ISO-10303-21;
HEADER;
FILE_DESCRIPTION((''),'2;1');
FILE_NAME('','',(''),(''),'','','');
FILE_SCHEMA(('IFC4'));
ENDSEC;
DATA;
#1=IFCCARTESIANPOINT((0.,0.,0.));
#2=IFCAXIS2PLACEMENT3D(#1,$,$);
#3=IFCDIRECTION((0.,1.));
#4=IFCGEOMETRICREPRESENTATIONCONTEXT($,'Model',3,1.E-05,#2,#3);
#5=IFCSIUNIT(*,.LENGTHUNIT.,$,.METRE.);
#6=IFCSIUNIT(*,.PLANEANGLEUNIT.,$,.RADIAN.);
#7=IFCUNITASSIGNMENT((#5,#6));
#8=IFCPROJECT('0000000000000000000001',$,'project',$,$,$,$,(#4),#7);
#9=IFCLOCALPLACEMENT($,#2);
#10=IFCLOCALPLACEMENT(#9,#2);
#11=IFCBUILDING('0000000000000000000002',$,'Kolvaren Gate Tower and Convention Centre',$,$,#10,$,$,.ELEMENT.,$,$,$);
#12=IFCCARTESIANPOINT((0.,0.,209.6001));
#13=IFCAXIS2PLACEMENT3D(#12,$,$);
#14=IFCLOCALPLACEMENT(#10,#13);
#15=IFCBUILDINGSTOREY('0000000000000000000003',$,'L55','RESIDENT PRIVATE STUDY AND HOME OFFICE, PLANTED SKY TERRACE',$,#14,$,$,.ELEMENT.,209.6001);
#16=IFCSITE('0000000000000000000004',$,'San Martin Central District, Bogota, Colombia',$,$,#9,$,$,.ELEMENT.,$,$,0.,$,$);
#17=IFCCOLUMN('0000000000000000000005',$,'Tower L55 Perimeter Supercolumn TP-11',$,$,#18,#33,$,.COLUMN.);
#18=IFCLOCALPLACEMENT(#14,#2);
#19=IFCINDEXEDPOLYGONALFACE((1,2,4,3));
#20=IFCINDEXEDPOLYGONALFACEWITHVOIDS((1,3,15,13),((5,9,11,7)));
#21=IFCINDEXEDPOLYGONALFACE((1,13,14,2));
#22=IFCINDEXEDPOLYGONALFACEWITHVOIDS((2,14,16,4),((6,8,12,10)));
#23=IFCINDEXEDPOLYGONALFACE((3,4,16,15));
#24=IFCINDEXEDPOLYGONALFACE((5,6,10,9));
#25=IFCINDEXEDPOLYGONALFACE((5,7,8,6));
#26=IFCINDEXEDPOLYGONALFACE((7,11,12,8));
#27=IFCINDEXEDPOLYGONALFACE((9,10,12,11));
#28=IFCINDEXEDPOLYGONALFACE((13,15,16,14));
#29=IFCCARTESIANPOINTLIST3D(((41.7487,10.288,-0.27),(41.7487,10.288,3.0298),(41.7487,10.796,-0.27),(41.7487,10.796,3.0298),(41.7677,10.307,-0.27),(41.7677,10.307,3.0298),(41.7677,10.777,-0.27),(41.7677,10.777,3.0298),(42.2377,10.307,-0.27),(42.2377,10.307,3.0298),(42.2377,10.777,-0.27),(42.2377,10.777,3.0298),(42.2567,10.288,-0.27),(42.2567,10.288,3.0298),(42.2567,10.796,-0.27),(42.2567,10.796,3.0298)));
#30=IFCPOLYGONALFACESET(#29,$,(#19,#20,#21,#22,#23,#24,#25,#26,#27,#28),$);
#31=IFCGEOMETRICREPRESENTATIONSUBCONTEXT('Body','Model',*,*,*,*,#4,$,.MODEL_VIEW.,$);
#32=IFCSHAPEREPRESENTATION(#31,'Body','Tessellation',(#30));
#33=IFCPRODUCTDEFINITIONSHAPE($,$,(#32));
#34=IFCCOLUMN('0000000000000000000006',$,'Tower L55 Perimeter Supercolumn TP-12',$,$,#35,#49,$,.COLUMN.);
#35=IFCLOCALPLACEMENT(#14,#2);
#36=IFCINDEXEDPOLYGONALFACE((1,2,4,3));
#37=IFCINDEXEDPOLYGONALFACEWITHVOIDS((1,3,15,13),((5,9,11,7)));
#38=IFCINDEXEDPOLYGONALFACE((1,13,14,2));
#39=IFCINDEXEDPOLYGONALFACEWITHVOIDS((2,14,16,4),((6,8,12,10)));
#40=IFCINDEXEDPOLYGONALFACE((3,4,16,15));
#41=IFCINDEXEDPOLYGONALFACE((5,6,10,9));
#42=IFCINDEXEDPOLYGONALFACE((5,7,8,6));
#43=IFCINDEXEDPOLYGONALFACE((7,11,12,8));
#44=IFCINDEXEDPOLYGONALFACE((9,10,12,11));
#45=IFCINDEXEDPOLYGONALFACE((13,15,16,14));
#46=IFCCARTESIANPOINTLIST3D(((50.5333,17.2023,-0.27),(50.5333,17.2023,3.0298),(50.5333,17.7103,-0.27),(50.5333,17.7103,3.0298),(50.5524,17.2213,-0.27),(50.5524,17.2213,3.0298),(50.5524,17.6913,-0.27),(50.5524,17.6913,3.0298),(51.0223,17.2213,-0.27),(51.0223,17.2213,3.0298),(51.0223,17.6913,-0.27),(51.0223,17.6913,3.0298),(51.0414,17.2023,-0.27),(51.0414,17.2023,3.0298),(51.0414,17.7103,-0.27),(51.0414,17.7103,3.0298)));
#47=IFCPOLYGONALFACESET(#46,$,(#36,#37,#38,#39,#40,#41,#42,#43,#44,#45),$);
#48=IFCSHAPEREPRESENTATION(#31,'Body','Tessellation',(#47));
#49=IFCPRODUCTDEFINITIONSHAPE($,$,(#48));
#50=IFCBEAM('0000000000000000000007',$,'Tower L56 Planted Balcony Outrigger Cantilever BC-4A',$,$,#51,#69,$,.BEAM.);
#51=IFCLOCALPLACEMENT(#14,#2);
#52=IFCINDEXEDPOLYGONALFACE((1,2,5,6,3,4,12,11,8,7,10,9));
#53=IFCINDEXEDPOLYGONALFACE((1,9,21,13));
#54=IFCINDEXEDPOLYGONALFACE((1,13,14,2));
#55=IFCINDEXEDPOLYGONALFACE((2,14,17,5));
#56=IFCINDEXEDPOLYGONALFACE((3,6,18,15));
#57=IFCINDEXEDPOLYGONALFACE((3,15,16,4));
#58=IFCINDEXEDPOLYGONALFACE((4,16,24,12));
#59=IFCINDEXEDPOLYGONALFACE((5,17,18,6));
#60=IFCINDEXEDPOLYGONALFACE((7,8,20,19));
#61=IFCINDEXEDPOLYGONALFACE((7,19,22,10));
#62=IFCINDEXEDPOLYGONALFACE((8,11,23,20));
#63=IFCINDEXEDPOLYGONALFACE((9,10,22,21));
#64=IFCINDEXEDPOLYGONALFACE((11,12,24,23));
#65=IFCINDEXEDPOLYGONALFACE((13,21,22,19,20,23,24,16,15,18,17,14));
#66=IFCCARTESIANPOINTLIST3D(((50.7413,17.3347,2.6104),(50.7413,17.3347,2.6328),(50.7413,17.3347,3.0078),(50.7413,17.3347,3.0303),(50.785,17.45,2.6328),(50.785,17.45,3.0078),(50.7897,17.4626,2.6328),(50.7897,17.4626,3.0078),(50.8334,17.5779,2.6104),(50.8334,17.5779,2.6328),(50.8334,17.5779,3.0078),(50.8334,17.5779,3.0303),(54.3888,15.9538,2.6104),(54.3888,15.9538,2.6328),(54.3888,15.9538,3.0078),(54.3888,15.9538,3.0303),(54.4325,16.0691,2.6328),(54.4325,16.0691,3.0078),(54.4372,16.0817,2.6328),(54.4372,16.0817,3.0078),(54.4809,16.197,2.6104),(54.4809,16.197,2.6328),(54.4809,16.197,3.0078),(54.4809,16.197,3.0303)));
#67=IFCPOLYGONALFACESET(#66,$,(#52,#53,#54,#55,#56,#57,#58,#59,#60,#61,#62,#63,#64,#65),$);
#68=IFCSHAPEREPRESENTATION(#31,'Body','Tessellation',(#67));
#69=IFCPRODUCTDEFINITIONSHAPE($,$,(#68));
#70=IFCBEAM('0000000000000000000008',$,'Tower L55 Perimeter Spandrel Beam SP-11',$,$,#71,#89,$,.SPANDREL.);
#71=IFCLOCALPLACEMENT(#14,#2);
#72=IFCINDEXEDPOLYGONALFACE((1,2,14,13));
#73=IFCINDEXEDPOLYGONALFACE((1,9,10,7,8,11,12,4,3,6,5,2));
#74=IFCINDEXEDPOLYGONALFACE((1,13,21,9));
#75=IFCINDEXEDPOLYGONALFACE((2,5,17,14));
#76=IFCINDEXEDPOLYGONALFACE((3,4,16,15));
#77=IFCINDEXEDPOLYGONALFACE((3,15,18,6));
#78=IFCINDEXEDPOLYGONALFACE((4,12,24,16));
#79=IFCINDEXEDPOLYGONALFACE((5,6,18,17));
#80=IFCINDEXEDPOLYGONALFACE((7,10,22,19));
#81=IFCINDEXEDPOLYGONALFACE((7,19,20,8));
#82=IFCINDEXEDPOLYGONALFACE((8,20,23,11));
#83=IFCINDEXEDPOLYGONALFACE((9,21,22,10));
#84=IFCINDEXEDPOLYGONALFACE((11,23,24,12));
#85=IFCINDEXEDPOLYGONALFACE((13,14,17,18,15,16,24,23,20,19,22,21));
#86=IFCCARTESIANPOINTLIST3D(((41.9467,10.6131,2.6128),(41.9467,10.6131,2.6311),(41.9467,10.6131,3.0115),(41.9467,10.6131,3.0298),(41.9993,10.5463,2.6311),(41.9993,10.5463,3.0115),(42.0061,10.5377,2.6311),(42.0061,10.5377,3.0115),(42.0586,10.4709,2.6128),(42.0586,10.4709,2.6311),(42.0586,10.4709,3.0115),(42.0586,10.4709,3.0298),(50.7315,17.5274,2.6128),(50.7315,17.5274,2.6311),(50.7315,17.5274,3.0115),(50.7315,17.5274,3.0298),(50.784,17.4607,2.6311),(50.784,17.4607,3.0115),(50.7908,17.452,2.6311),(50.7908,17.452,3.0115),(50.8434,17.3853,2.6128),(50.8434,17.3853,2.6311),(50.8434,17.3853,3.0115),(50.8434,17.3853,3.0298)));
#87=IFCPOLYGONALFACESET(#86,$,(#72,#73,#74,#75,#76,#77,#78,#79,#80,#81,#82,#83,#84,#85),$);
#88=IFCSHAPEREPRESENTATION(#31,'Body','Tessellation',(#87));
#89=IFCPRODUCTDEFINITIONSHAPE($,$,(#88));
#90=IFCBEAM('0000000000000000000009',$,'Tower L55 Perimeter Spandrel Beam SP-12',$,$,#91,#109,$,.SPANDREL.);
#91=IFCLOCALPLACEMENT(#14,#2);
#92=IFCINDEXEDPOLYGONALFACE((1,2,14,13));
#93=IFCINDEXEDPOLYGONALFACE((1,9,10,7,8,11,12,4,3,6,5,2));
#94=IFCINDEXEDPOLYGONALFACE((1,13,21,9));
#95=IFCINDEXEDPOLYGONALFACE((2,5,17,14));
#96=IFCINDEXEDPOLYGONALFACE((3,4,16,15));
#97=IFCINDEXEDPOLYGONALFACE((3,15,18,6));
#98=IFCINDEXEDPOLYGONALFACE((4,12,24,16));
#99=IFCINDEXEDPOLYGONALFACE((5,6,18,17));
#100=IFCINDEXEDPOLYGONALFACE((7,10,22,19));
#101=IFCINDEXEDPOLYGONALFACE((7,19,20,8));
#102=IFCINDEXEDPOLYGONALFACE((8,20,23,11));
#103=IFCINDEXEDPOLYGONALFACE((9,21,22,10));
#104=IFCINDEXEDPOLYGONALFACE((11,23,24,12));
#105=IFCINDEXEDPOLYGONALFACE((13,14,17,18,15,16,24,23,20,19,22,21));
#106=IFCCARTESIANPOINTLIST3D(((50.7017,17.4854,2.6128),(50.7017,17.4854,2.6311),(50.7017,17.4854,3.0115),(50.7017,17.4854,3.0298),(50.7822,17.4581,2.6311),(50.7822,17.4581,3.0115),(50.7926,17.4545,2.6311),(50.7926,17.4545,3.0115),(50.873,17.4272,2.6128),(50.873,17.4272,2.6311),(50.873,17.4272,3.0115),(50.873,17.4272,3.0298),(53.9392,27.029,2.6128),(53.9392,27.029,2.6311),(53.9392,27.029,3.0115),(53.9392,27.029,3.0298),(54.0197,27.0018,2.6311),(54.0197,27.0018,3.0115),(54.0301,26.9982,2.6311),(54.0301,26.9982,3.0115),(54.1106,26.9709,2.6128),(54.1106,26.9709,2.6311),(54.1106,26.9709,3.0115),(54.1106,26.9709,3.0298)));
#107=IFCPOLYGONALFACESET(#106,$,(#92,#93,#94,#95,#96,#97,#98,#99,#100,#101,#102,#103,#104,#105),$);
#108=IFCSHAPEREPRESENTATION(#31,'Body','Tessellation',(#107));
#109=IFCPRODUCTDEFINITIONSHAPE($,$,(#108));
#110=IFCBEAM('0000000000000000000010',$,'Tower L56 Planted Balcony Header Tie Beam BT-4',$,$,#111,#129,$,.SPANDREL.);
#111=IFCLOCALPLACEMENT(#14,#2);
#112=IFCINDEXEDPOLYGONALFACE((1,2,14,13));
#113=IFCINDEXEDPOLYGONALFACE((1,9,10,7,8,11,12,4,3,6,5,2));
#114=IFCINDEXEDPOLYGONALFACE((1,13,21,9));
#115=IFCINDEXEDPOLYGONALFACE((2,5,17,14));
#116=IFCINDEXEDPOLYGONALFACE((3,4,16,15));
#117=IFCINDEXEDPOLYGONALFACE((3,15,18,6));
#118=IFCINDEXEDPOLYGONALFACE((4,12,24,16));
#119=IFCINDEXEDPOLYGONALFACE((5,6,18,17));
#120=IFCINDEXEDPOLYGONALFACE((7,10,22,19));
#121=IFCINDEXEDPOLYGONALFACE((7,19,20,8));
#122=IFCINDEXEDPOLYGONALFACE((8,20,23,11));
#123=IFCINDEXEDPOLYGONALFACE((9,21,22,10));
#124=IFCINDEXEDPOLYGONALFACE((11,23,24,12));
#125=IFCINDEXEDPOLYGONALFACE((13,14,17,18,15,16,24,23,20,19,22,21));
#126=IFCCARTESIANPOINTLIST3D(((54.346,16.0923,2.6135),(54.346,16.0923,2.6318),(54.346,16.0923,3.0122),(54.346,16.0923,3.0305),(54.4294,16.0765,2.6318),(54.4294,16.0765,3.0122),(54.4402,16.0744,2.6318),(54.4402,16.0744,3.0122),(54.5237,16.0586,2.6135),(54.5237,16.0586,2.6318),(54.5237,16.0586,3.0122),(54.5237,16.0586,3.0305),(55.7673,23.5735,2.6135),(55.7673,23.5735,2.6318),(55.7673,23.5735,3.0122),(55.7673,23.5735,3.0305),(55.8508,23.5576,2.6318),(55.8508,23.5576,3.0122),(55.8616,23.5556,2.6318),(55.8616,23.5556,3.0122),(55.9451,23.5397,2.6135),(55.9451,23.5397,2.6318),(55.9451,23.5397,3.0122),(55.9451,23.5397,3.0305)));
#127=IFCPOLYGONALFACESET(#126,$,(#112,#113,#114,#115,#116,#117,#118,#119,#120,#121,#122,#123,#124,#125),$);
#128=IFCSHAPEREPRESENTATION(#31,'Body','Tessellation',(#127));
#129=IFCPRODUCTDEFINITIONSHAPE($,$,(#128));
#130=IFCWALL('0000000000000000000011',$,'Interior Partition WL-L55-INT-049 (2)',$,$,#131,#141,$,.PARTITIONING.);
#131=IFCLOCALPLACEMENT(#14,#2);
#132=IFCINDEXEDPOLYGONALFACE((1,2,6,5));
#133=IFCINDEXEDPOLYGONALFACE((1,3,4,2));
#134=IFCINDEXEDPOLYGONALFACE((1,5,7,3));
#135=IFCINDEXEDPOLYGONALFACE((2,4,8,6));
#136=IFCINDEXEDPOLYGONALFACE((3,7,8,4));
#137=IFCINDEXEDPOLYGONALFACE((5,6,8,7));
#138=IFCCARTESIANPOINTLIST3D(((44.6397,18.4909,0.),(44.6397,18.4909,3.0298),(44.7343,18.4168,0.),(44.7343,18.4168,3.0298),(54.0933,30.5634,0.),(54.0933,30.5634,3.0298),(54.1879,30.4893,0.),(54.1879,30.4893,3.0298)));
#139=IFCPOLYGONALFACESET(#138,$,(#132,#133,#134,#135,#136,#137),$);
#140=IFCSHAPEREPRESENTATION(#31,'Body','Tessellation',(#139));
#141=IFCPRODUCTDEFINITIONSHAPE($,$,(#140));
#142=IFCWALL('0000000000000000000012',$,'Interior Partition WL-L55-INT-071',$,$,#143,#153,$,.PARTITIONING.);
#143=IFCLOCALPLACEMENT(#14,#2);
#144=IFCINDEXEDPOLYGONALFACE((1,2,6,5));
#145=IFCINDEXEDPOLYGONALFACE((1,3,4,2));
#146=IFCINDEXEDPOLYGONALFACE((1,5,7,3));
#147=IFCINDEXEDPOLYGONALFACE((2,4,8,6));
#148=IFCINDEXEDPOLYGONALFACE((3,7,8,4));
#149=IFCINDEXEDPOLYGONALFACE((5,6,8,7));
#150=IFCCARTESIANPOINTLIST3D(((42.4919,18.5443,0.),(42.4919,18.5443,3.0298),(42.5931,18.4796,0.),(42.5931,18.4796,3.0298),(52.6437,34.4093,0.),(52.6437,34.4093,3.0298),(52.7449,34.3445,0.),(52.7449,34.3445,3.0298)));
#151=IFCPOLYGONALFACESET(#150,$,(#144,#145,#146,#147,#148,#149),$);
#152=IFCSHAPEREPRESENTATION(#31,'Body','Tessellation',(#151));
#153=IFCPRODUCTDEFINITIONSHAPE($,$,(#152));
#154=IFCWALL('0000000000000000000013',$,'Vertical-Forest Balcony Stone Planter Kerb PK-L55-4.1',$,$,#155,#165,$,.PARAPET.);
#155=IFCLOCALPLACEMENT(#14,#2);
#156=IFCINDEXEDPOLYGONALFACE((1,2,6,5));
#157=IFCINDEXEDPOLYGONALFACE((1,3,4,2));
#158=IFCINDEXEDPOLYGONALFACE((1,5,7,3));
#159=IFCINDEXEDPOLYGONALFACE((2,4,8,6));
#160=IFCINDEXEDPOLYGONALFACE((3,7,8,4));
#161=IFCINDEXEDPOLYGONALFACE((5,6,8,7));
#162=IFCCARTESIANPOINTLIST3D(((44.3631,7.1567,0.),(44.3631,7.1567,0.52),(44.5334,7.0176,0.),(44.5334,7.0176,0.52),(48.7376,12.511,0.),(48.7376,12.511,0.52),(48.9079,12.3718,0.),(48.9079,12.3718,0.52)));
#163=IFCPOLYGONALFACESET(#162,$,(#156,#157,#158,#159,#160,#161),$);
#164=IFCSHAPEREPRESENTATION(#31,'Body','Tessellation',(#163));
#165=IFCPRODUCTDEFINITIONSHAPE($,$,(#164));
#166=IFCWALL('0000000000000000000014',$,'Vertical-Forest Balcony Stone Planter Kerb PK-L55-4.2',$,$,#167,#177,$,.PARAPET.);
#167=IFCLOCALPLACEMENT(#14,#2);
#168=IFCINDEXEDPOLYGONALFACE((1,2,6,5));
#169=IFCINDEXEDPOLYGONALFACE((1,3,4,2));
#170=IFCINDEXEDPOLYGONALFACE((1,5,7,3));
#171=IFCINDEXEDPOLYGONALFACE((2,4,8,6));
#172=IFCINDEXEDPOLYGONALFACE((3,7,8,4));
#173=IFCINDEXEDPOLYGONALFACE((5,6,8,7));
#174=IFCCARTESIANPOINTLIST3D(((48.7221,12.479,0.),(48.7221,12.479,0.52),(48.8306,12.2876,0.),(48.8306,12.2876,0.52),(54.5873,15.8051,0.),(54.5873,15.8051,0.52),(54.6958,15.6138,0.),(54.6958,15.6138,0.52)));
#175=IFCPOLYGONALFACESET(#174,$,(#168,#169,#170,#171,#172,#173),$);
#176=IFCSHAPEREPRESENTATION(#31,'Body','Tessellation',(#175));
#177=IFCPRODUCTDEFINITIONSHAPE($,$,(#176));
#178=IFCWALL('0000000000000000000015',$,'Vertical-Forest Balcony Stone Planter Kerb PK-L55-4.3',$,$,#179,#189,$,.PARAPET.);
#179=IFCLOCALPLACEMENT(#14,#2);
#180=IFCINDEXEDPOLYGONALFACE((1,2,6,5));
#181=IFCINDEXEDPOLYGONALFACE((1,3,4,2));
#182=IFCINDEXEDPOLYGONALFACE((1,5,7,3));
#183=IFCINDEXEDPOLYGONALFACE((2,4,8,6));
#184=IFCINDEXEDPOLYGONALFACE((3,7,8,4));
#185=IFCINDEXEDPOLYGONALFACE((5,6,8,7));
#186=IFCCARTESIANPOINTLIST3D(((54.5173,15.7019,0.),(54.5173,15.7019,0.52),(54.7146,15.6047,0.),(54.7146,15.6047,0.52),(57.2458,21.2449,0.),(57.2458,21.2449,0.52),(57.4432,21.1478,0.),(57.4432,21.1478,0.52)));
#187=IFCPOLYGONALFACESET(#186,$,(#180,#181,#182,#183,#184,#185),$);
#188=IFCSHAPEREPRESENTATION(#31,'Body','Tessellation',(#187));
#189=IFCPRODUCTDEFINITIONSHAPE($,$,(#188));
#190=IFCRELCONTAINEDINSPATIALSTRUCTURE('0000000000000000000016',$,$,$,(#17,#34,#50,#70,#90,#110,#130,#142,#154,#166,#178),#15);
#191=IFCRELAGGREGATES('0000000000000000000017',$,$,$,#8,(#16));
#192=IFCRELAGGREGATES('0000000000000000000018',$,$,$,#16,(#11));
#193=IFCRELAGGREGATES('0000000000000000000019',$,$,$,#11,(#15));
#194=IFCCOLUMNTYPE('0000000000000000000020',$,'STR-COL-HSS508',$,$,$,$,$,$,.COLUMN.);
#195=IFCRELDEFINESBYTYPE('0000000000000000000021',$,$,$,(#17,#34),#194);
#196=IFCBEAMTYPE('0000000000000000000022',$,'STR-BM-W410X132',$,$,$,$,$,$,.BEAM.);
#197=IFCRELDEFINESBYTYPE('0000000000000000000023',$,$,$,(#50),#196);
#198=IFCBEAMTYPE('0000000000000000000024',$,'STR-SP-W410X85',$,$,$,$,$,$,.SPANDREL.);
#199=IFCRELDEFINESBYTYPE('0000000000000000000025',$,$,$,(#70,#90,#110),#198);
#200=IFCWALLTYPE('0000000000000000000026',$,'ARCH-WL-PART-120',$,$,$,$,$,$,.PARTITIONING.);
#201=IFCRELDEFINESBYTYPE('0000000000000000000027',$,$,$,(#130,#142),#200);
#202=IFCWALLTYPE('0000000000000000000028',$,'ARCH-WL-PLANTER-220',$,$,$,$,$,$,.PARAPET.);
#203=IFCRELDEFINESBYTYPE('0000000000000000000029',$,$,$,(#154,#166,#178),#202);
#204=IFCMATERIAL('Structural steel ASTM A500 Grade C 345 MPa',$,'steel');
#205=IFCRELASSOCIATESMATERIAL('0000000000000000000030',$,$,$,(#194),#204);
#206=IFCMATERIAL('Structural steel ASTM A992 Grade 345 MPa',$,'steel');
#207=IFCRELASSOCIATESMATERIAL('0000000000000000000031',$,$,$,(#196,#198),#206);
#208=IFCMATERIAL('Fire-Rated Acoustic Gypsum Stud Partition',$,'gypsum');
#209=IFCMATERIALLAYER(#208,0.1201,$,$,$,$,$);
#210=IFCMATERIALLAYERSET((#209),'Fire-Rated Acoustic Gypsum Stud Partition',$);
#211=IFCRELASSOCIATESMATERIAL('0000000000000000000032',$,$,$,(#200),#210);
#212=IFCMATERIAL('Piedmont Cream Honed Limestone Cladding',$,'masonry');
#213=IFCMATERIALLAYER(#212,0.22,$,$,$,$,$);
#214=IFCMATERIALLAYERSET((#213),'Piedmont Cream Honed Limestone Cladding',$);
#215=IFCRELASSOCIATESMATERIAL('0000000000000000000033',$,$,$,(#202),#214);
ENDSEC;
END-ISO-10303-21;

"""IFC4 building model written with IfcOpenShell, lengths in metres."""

from ifc_helpers import new_model, si_unit, direction, frame, frame_2d, origin, origin_2d, place, context, subcontext, project, spatial, rectangle, hollow_rectangle, i_section, extrude, material, layer, layer_set, material_profile, profile_set, type_object, element, save


model = new_model("IFC4")

# Units and contexts
model_context = context("Model", 3, precision=1e-05, world=origin(), true_north=direction((0.0, 1.0)))
body_context = subcontext(model_context, "Body", "Model", "MODEL_VIEW")
ifc_project = project(units=[si_unit("LENGTHUNIT", "METRE"), si_unit("PLANEANGLEUNIT", "RADIAN")], contexts=[model_context])

# Site, building, storey
site_placement = place(None, origin())
site = spatial("IfcSite", under=ifc_project, at=site_placement, Name="San Martin Central District, Bogota, Colombia", CompositionType="ELEMENT", RefElevation=0.0)
building_placement = place(site_placement, origin())
building = spatial("IfcBuilding", under=site, at=building_placement, Name="Kolvaren Gate Tower and Convention Centre", CompositionType="ELEMENT")
storey_placement = place(building_placement, frame((0.0, 0.0, 209.6001)))
storey = spatial("IfcBuildingStorey", under=building, at=storey_placement, Name="L55", Description="RESIDENT PRIVATE STUDY AND HOME OFFICE, PLANTED SKY TERRACE", CompositionType="ELEMENT", Elevation=209.6001)

# Columns
ifc_material_1 = material(Name="Structural steel ASTM A500 Grade C 345 MPa", Category="steel")
ifc_material_profile_1 = material_profile(ifc_material_1, hollow_rectangle(XDim=0.5081, YDim=0.5081, WallThickness=0.019, at=origin_2d()), Name="HSS508X508X19.1")
ifc_profile_set_1 = profile_set([ifc_material_profile_1], Name="Structural steel ASTM A500 Grade C 345 MPa")
column_type = type_object("IfcColumnType", Name="STR-COL-HSS508", PredefinedType="COLUMN", material=ifc_profile_set_1)
for number, where, z_axis, x_axis, name in (
    (1, (42.0027, 10.542, -0.27), (0.0, 0.0, 1.0), (1.0, 0.0, 0.0), "Tower L55 Perimeter Supercolumn TP-11"),
    (2, (50.7874, 17.4563, -0.27), (0.0, 0.0, 1.0), (1.0, 0.0, 0.0), "Tower L55 Perimeter Supercolumn TP-12"),
):
    element("IfcColumn", number, at=place(storey_placement, frame(where, z_axis=z_axis, x_axis=x_axis)), inside=storey, type_object=column_type, Name=name, PredefinedType="COLUMN", context=body_context, shape_type="SweptSolid", body=[
        extrude(hollow_rectangle(XDim=0.5081, YDim=0.5081, WallThickness=0.019, at=origin_2d()), origin(), (0.0, 0.0, 1.0), 3.2998),
    ])

# Beams
ifc_material_2 = material(Name="Structural steel ASTM A992 Grade 345 MPa", Category="steel")
ifc_material_profile_2 = material_profile(ifc_material_2, i_section(OverallWidth=0.26, OverallDepth=0.4199, WebThickness=0.0134, FlangeThickness=0.0225, at=origin_2d()), Name="W410X132")
ifc_profile_set_2 = profile_set([ifc_material_profile_2], Name="Structural steel ASTM A992 Grade 345 MPa")
beam_type_1 = type_object("IfcBeamType", Name="STR-BM-W410X132", PredefinedType="BEAM", material=ifc_profile_set_2)
beam_1_placement = place(storey_placement, frame((50.7874, 17.4563, 2.8203), z_axis=(0.935224, -0.354058, 0.0), x_axis=(0.354058, 0.935224, 0.0)))
element("IfcBeam", 3, at=beam_1_placement, inside=storey, type_object=beam_type_1, Name="Tower L56 Planted Balcony Outrigger Cantilever BC-4A", PredefinedType="BEAM", context=body_context, shape_type="SweptSolid", body=[
    extrude(i_section(OverallWidth=0.26, OverallDepth=0.4199, WebThickness=0.0134, FlangeThickness=0.0225, at=origin_2d()), origin(), (0.0, 0.0, 1.0), 3.9001),
])
ifc_material_profile_3 = material_profile(ifc_material_2, i_section(OverallWidth=0.1809, OverallDepth=0.417, WebThickness=0.011, FlangeThickness=0.0183, at=origin_2d()), Name="W410X85")
ifc_profile_set_3 = profile_set([ifc_material_profile_3], Name="Structural steel ASTM A992 Grade 345 MPa")
beam_type_2 = type_object("IfcBeamType", Name="STR-SP-W410X85", PredefinedType="SPANDREL", material=ifc_profile_set_3)
beam_2_placement = place(storey_placement, frame((42.0027, 10.542, 2.8213), z_axis=(0.785794, 0.618489, 0.0), x_axis=(-0.618489, 0.785794, 0.0)))
element("IfcBeam", 4, at=beam_2_placement, inside=storey, type_object=beam_type_2, Name="Tower L55 Perimeter Spandrel Beam SP-11", PredefinedType="SPANDREL", context=body_context, shape_type="SweptSolid", body=[
    extrude(i_section(OverallWidth=0.1809, OverallDepth=0.417, WebThickness=0.011, FlangeThickness=0.0183, at=origin_2d()), origin(), (0.0, 0.0, 1.0), 11.1794),
])
beam_3_placement = place(storey_placement, frame((50.7874, 17.4563, 2.8213), z_axis=(0.321253, 0.946994, 0.0), x_axis=(-0.946994, 0.321253, 0.0)))
element("IfcBeam", 5, at=beam_3_placement, inside=storey, type_object=beam_type_2, Name="Tower L55 Perimeter Spandrel Beam SP-12", PredefinedType="SPANDREL", context=body_context, shape_type="SweptSolid", body=[
    extrude(i_section(OverallWidth=0.1809, OverallDepth=0.417, WebThickness=0.011, FlangeThickness=0.0183, at=origin_2d()), origin(), (0.0, 0.0, 1.0), 10.0779),
])
beam_4_placement = place(storey_placement, frame((54.4348, 16.0754, 2.822), z_axis=(0.186655, 0.982425, 0.0), x_axis=(-0.982425, 0.186655, 0.0)))
element("IfcBeam", 6, at=beam_4_placement, inside=storey, type_object=beam_type_2, Name="Tower L56 Planted Balcony Header Tie Beam BT-4", PredefinedType="SPANDREL", context=body_context, shape_type="SweptSolid", body=[
    extrude(i_section(OverallWidth=0.1809, OverallDepth=0.417, WebThickness=0.011, FlangeThickness=0.0183, at=origin_2d()), origin(), (0.0, 0.0, 1.0), 7.615),
])

# Walls
ifc_material_3 = material(Name="Fire-Rated Acoustic Gypsum Stud Partition", Category="gypsum")
ifc_layer_1 = layer(ifc_material_3, 0.1201)
ifc_layer_set_1 = layer_set([ifc_layer_1], Name="Fire-Rated Acoustic Gypsum Stud Partition")
wall_type_1 = type_object("IfcWallType", Name="ARCH-WL-PART-120", PredefinedType="PARTITIONING", material=ifc_layer_set_1)
wall_1_placement = place(storey_placement, frame((44.687, 18.4539, 0.0), z_axis=(0.0, 0.0, 1.0), x_axis=(0.616533, 0.787329, 0.0)))
element("IfcWall", 7, at=wall_1_placement, inside=storey, type_object=wall_type_1, Name="Interior Partition WL-L55-INT-049 (2)", PredefinedType="PARTITIONING", context=body_context, shape_type="SweptSolid", body=[
    extrude(rectangle(XDim=15.3335, YDim=0.1201, at=frame_2d((7.6667, 0.0))), origin(), (0.0, 0.0, 1.0), 3.0298),
])
wall_2_placement = place(storey_placement, frame((42.5425, 18.512, 0.0), z_axis=(0.0, 0.0, 1.0), x_axis=(0.538988, 0.842313, 0.0)))
element("IfcWall", 8, at=wall_2_placement, inside=storey, type_object=wall_type_1, Name="Interior Partition WL-L55-INT-071", PredefinedType="PARTITIONING", context=body_context, shape_type="SweptSolid", body=[
    extrude(rectangle(XDim=18.835, YDim=0.1201, at=frame_2d((9.4175, 0.0))), origin(), (0.0, 0.0, 1.0), 3.0298),
])
ifc_material_4 = material(Name="Piedmont Cream Honed Limestone Cladding", Category="masonry")
ifc_layer_2 = layer(ifc_material_4, 0.22)
ifc_layer_set_2 = layer_set([ifc_layer_2], Name="Piedmont Cream Honed Limestone Cladding")
wall_type_2 = type_object("IfcWallType", Name="ARCH-WL-PLANTER-220", PredefinedType="PARAPET", material=ifc_layer_set_2)
wall_3_placement = place(storey_placement, frame((44.4482, 7.0872, 0.0), z_axis=(0.0, 0.0, 1.0), x_axis=(0.632697, 0.774399, 0.0)))
element("IfcWall", 9, at=wall_3_placement, inside=storey, type_object=wall_type_2, Name="Vertical-Forest Balcony Stone Planter Kerb PK-L55-4.1", PredefinedType="PARAPET", context=body_context, shape_type="SweptSolid", body=[
    extrude(rectangle(XDim=6.9141, YDim=0.22, at=frame_2d((3.457, 0.0))), origin(), (0.0, 0.0, 1.0), 0.52),
])
wall_4_placement = place(storey_placement, frame((48.7764, 12.3833, 0.0), z_axis=(0.0, 0.0, 1.0), x_axis=(0.869861, 0.493298, 0.0)))
element("IfcWall", 10, at=wall_4_placement, inside=storey, type_object=wall_type_2, Name="Vertical-Forest Balcony Stone Planter Kerb PK-L55-4.2", PredefinedType="PARAPET", context=body_context, shape_type="SweptSolid", body=[
    extrude(rectangle(XDim=6.7427, YDim=0.22, at=frame_2d((3.3713, 0.0))), origin(), (0.0, 0.0, 1.0), 0.52),
])
wall_5_placement = place(storey_placement, frame((54.616, 15.6533, 0.0), z_axis=(0.0, 0.0, 1.0), x_axis=(0.441641, 0.897192, 0.0)))
element("IfcWall", 11, at=wall_5_placement, inside=storey, type_object=wall_type_2, Name="Vertical-Forest Balcony Stone Planter Kerb PK-L55-4.3", PredefinedType="PARAPET", context=body_context, shape_type="SweptSolid", body=[
    extrude(rectangle(XDim=6.1782, YDim=0.22, at=frame_2d((3.0891, 0.0))), origin(), (0.0, 0.0, 1.0), 0.52),
])

save(model, "model.ifc")
